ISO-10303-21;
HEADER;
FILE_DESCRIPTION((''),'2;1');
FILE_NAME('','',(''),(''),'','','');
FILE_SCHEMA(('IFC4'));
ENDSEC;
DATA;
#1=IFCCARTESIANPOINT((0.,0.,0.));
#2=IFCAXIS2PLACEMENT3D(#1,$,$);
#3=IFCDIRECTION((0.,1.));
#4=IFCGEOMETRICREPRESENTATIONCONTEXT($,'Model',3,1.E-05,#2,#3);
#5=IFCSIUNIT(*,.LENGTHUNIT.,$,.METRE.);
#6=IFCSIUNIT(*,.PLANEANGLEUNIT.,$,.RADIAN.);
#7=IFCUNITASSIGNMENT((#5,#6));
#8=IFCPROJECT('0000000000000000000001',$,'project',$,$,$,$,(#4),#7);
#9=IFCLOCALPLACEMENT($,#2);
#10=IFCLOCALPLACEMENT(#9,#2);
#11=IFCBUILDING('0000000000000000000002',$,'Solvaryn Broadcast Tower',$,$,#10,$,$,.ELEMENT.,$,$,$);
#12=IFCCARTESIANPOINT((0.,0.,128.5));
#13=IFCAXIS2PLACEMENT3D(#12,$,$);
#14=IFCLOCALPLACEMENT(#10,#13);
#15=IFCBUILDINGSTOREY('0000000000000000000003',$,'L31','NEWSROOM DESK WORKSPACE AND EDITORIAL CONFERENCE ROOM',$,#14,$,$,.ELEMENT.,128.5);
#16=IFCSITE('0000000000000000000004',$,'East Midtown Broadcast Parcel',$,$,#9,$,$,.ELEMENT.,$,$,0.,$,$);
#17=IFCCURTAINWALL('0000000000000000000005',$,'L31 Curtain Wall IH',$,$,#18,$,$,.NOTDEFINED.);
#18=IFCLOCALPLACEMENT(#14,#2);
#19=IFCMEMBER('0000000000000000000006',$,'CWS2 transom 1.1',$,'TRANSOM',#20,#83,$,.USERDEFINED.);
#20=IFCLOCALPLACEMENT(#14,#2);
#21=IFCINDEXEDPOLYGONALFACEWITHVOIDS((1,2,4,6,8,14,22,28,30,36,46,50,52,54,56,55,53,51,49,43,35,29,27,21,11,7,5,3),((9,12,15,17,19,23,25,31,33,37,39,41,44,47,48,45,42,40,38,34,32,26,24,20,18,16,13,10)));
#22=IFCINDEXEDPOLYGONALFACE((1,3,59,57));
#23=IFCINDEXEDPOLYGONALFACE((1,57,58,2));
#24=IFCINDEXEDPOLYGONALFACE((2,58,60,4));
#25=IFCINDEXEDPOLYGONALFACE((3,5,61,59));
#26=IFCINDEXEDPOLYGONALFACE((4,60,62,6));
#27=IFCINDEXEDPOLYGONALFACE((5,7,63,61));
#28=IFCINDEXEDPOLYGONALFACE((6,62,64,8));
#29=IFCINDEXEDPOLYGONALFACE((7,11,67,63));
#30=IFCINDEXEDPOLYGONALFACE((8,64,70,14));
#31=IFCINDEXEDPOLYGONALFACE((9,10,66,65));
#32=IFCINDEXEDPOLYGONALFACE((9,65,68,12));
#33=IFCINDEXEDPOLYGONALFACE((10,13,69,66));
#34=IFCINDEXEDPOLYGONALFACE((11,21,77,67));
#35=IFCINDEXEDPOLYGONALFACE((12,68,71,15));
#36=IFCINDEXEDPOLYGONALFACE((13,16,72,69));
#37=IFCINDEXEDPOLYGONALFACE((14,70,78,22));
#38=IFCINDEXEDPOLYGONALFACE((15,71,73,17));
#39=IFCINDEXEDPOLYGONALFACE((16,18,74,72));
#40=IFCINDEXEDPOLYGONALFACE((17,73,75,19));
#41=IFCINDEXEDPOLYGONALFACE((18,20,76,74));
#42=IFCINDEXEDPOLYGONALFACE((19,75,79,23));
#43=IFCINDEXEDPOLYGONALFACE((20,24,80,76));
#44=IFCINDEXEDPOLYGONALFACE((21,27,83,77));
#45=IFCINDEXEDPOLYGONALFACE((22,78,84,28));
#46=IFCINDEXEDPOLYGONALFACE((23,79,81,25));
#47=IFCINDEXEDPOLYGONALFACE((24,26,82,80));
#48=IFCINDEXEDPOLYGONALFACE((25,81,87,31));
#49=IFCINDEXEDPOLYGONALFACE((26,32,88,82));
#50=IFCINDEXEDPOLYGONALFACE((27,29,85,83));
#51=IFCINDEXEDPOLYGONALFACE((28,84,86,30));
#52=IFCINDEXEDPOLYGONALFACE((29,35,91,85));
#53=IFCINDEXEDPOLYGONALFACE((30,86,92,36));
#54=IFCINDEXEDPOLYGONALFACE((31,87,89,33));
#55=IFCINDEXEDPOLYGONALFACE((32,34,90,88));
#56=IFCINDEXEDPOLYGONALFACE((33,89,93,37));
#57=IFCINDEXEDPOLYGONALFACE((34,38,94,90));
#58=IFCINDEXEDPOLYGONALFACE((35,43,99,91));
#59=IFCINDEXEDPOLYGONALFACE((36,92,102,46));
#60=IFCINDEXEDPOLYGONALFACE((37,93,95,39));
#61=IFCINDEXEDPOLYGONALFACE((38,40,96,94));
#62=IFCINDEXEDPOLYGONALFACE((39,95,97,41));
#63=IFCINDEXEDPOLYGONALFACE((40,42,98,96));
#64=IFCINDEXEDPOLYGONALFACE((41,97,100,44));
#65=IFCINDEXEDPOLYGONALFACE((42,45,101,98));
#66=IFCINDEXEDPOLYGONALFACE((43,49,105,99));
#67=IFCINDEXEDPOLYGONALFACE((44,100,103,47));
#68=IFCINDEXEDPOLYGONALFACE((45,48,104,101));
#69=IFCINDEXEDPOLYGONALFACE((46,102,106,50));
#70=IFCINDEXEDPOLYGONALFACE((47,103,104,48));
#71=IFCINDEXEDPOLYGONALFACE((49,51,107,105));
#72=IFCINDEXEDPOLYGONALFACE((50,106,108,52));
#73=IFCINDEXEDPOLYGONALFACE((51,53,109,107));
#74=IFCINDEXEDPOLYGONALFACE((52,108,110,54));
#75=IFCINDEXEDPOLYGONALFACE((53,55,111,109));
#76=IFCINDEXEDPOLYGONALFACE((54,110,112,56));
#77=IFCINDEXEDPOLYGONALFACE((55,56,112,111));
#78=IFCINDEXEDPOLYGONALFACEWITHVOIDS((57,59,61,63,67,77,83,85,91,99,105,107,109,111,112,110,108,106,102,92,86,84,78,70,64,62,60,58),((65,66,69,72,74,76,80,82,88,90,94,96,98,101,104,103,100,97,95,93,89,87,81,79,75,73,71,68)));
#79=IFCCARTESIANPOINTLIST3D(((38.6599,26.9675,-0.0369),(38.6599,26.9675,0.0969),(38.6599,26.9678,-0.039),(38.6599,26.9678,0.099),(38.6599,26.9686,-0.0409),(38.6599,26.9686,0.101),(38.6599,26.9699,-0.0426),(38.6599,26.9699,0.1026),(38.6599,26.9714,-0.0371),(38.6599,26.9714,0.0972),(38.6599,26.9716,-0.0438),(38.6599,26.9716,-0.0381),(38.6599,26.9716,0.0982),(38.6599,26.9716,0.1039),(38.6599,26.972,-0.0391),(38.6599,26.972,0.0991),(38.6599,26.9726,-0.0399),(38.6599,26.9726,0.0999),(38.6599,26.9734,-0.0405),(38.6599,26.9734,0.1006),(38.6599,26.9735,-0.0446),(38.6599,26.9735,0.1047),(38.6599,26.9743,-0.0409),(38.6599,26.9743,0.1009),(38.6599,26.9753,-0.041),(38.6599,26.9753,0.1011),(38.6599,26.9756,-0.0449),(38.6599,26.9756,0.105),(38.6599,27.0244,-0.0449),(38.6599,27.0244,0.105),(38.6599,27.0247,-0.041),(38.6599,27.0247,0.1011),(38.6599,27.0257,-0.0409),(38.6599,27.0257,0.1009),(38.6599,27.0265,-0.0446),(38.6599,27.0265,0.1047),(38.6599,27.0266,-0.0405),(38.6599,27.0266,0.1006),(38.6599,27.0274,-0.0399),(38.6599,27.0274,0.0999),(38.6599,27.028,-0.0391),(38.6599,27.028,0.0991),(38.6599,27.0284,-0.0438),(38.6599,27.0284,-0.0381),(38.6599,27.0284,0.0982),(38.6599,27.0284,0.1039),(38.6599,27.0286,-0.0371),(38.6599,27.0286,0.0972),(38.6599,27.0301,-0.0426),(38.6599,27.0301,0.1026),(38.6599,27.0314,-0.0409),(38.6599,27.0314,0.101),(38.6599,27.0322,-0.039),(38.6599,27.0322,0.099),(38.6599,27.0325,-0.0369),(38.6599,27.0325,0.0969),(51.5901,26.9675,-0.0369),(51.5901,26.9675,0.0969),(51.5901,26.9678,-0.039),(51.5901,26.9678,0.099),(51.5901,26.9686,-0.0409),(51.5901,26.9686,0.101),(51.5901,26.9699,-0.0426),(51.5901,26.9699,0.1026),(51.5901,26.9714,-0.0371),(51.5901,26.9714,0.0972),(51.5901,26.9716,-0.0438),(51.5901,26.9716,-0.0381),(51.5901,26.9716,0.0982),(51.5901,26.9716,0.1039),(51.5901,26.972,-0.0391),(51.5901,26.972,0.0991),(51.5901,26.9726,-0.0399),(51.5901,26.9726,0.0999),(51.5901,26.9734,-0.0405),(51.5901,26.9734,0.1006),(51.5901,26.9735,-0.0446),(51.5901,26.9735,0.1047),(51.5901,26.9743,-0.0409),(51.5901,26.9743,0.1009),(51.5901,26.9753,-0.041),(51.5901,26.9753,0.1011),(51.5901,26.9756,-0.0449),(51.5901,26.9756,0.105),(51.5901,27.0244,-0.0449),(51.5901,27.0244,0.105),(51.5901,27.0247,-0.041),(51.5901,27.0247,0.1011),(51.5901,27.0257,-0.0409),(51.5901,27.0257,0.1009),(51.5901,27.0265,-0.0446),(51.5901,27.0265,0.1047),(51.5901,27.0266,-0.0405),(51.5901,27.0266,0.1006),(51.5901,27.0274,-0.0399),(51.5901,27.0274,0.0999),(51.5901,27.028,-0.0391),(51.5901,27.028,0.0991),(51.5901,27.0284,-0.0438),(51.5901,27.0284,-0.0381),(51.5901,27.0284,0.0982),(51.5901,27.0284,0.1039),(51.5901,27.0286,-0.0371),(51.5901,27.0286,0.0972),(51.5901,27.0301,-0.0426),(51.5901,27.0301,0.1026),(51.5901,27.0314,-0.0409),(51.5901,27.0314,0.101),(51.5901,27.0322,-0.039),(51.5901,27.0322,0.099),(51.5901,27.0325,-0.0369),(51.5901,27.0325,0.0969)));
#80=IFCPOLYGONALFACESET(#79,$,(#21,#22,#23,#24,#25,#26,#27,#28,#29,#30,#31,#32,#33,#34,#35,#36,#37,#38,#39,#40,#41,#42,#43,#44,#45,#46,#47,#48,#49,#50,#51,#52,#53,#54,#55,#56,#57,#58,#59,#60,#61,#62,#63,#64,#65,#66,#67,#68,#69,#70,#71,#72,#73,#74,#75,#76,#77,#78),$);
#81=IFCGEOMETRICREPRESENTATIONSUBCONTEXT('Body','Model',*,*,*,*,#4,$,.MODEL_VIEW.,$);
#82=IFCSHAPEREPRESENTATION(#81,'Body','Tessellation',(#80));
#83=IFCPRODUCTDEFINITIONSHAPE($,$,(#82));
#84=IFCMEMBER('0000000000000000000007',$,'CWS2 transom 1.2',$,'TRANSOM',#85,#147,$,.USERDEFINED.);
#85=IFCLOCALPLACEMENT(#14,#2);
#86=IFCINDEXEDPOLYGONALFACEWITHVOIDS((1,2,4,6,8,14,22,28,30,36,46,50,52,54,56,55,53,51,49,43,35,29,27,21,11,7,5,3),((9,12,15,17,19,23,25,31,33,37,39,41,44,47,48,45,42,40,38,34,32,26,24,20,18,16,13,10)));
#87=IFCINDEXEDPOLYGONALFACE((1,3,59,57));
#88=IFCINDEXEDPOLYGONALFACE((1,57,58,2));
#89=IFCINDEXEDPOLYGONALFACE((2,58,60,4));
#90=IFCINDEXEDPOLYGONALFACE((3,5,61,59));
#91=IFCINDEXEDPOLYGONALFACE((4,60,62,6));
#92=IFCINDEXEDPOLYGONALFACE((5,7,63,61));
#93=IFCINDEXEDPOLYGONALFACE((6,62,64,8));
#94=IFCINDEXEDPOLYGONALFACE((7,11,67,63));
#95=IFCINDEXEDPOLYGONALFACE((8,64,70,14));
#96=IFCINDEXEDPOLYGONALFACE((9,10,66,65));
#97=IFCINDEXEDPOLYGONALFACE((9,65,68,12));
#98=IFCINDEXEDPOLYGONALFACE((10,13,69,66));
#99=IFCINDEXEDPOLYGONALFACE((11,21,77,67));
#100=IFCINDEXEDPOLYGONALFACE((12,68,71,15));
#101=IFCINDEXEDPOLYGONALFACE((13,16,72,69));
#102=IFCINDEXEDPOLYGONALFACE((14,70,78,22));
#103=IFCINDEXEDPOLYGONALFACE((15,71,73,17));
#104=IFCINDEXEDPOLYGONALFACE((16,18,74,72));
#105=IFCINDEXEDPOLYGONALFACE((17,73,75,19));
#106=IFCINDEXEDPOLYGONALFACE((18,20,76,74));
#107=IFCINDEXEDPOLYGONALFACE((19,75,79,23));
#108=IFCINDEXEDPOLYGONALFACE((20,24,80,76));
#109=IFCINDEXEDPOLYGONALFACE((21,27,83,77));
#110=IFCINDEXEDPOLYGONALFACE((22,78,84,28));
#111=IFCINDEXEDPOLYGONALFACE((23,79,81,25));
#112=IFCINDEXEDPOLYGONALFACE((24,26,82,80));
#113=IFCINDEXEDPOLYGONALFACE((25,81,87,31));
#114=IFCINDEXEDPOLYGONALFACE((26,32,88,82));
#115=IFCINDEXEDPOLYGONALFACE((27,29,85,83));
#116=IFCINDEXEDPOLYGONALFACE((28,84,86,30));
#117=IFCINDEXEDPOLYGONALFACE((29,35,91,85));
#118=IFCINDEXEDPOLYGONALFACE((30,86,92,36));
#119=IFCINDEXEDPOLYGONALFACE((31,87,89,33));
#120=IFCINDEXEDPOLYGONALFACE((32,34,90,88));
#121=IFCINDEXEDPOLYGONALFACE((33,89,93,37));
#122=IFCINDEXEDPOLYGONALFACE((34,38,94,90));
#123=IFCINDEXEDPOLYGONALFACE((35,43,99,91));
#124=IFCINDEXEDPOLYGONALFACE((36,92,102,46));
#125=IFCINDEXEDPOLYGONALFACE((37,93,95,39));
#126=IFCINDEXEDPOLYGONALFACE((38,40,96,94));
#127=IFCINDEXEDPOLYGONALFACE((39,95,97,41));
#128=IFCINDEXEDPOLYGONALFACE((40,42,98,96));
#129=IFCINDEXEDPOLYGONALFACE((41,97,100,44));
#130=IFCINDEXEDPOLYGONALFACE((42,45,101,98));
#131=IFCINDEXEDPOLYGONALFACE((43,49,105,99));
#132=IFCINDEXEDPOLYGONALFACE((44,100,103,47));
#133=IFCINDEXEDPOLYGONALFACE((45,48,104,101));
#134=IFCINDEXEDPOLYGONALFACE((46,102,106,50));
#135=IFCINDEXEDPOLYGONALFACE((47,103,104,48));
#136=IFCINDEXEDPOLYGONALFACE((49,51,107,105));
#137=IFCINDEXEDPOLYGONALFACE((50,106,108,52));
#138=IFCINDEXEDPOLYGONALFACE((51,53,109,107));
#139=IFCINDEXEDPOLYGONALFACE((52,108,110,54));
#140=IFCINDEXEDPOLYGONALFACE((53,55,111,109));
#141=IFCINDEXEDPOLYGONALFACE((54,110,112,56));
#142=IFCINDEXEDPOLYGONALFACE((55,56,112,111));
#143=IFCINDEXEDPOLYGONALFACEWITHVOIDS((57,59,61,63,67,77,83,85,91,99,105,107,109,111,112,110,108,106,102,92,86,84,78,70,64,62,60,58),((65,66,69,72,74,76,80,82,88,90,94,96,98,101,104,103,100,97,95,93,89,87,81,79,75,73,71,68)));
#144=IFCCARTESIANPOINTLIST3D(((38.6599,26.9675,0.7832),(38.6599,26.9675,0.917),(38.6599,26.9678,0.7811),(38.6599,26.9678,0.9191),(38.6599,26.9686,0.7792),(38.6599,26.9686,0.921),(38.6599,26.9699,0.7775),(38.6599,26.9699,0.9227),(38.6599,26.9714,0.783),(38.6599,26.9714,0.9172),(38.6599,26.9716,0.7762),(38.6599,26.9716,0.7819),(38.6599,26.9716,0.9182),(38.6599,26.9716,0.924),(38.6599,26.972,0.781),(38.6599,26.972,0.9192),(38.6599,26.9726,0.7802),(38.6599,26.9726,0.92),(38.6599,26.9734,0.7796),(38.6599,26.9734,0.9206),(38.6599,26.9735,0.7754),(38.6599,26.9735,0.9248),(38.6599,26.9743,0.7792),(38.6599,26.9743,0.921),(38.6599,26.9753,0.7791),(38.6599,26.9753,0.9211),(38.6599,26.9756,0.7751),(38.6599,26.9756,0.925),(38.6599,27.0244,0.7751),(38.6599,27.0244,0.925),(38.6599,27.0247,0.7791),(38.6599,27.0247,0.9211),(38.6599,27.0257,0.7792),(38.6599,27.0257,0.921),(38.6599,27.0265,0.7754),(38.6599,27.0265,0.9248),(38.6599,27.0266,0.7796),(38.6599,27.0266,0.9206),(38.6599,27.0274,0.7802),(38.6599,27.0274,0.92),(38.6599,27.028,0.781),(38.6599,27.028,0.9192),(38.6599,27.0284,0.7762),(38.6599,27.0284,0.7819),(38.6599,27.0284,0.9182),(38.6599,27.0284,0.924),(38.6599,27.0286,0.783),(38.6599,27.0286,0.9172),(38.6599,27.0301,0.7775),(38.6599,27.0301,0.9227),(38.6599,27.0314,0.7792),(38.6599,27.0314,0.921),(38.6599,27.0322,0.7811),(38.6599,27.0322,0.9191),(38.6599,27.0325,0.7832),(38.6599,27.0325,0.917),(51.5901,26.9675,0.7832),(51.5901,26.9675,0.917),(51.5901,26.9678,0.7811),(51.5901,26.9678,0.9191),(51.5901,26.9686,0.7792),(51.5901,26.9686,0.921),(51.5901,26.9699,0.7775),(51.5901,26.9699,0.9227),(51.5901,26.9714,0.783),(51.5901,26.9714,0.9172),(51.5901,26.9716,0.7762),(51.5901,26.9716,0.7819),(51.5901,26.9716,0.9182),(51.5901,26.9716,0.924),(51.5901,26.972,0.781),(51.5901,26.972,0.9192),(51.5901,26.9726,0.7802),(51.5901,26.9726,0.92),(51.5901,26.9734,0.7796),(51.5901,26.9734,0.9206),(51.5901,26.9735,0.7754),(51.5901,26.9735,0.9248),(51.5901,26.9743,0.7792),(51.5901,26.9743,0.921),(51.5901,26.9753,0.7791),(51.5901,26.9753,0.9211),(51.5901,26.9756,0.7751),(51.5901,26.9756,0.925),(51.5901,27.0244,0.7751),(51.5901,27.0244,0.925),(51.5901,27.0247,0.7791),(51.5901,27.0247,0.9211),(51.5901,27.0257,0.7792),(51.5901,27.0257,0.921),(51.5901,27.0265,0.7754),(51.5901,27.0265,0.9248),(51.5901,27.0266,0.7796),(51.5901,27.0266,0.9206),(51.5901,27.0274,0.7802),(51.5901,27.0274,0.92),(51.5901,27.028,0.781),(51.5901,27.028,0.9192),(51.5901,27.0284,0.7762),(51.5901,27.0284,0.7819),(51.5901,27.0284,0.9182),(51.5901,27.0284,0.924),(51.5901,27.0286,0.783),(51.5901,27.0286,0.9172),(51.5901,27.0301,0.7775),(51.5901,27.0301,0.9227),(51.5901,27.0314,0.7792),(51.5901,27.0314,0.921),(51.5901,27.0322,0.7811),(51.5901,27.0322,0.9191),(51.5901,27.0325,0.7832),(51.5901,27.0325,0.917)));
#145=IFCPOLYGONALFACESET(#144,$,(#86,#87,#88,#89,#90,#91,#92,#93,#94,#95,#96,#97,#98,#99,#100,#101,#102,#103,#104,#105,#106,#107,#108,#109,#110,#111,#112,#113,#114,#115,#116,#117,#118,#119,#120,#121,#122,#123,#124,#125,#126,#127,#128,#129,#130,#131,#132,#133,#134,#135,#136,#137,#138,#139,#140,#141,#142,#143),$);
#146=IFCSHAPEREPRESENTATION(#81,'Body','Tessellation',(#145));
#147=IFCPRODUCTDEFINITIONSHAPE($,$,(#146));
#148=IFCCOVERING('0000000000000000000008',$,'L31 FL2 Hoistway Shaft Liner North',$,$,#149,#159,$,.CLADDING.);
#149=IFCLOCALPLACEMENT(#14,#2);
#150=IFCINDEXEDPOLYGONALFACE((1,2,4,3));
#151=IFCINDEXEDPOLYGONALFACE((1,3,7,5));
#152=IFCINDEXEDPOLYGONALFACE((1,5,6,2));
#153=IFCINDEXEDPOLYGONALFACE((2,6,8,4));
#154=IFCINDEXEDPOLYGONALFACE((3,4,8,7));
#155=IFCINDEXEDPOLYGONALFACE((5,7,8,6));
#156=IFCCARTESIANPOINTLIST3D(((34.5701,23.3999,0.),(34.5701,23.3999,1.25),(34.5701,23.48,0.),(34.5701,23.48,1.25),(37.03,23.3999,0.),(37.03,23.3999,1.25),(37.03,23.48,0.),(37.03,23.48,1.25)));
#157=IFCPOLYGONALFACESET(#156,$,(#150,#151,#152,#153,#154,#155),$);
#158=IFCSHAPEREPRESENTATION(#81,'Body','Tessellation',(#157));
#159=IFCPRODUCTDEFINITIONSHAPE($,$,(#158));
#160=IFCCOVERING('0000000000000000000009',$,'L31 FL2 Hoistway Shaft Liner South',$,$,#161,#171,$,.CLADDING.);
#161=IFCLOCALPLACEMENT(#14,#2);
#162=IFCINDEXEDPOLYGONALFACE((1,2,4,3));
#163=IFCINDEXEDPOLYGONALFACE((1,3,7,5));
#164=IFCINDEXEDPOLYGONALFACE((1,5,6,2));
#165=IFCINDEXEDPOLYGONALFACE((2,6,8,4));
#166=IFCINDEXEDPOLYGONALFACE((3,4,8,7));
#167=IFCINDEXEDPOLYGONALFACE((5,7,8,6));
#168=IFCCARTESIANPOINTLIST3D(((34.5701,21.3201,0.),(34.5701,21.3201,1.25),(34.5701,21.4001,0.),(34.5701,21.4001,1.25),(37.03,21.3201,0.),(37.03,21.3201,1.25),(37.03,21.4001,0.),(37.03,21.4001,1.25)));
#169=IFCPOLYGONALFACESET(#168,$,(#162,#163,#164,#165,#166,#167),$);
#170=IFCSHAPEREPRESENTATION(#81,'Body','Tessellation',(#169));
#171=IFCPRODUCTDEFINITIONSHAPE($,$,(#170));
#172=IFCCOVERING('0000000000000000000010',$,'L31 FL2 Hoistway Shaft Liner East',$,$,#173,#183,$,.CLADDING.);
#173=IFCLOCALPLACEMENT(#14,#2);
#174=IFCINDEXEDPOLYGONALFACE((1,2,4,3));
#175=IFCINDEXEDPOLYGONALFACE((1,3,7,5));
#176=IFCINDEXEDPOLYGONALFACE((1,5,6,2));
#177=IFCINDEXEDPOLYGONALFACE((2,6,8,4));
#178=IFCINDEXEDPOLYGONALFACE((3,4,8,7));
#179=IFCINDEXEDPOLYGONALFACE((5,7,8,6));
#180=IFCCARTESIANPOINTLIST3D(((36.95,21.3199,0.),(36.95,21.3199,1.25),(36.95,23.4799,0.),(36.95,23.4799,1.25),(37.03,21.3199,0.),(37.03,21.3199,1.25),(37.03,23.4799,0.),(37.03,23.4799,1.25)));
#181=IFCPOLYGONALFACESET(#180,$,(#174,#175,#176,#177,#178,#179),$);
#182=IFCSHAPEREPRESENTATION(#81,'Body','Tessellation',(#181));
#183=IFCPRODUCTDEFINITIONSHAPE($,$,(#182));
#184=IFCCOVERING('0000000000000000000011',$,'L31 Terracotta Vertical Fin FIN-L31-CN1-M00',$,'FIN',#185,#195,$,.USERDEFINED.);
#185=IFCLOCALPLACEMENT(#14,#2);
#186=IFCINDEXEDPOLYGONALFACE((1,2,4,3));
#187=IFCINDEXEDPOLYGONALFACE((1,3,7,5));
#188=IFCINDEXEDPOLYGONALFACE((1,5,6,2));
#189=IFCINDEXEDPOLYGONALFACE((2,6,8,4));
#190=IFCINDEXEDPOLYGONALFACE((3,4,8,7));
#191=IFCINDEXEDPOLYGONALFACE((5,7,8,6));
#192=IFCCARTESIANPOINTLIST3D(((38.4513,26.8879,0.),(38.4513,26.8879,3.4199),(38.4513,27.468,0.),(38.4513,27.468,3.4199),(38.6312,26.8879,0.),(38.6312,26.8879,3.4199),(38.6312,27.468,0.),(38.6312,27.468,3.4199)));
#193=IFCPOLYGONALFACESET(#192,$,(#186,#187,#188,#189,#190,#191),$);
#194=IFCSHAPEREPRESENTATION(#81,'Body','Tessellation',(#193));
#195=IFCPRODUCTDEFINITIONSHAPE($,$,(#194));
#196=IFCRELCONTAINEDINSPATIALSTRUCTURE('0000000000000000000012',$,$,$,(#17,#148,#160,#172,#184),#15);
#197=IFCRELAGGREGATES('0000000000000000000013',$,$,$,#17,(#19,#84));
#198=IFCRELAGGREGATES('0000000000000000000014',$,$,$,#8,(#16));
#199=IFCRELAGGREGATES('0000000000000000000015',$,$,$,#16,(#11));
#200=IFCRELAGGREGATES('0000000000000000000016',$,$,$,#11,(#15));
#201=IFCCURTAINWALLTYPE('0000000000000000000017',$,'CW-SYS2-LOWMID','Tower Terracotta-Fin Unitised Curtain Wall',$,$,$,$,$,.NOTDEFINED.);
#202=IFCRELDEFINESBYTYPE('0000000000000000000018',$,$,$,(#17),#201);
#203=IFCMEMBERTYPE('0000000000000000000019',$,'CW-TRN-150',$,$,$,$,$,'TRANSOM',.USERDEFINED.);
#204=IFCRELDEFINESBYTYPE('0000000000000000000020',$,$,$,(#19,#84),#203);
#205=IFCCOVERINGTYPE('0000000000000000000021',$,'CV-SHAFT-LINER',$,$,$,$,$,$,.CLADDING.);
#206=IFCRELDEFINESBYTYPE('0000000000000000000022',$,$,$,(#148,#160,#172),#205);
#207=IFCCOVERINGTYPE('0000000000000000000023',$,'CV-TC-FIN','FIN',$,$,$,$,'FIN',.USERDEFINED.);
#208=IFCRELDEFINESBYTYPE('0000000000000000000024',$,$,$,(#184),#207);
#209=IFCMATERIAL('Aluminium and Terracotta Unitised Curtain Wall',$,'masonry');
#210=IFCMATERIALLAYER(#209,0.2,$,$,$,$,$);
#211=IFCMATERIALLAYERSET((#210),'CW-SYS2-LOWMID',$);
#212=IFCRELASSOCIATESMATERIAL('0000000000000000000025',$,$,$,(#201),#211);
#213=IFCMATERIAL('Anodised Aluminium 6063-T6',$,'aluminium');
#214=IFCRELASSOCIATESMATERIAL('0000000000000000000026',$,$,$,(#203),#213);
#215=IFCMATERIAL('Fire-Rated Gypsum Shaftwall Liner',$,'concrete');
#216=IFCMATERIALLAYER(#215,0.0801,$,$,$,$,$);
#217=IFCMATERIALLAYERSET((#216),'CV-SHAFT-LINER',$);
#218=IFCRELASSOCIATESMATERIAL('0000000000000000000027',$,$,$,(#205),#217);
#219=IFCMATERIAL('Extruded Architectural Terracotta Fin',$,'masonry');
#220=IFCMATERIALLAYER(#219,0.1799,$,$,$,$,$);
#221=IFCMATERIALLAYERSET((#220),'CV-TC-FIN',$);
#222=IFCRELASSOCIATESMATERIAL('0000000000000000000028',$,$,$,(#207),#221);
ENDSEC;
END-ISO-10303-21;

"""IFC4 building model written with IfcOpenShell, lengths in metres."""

from ifc_helpers import new_model, si_unit, direction, frame, origin, origin_2d, place, context, subcontext, project, spatial, rectangle, hollow_rectangle, extrude, material, layer, layer_set, material_profile, profile_set, type_object, element, aggregate, save


model = new_model("IFC4")

# Units and contexts
model_context = context("Model", 3, precision=1e-05, world=origin(), true_north=direction((0.0, 1.0)))
body_context = subcontext(model_context, "Body", "Model", "MODEL_VIEW")
ifc_project = project(units=[si_unit("LENGTHUNIT", "METRE"), si_unit("PLANEANGLEUNIT", "RADIAN")], contexts=[model_context])

# Site, building, storey
site_placement = place(None, origin())
site = spatial("IfcSite", under=ifc_project, at=site_placement, Name="East Midtown Broadcast Parcel", CompositionType="ELEMENT", RefElevation=0.0)
building_placement = place(site_placement, origin())
building = spatial("IfcBuilding", under=site, at=building_placement, Name="Solvaryn Broadcast Tower", CompositionType="ELEMENT")
storey_placement = place(building_placement, frame((0.0, 0.0, 128.5)))
storey = spatial("IfcBuildingStorey", under=building, at=storey_placement, Name="L31", Description="NEWSROOM DESK WORKSPACE AND EDITORIAL CONFERENCE ROOM", CompositionType="ELEMENT", Elevation=128.5)

# Curtain wall
ifc_material_1 = material(Name="Aluminium and Terracotta Unitised Curtain Wall", Category="masonry")
ifc_layer_1 = layer(ifc_material_1, 0.2)
ifc_layer_set_1 = layer_set([ifc_layer_1], Name="CW-SYS2-LOWMID")
curtain_wall_type = type_object("IfcCurtainWallType", Name="CW-SYS2-LOWMID", Description="Tower Terracotta-Fin Unitised Curtain Wall", PredefinedType="NOTDEFINED", material=ifc_layer_set_1)
curtain_wall_1_placement = place(storey_placement, origin())
curtain_wall_1 = element("IfcCurtainWall", 1, at=curtain_wall_1_placement, inside=storey, type_object=curtain_wall_type, Name="L31 Curtain Wall IH", PredefinedType="NOTDEFINED")

# Members
ifc_material_2 = material(Name="Anodised Aluminium 6063-T6", Category="aluminium")
ifc_material_profile_1 = material_profile(ifc_material_2, hollow_rectangle(XDim=0.0649, YDim=0.1499, WallThickness=0.0039, InnerFilletRadius=0.0039, OuterFilletRadius=0.0081, at=origin_2d()))
ifc_profile_set_1 = profile_set([ifc_material_profile_1], Name="Anodised Aluminium 6063-T6")
member_type_1 = type_object("IfcMemberType", Name="CW-TRN-150", ElementType="TRANSOM", PredefinedType="USERDEFINED", material=ifc_profile_set_1)
member_1_placement = place(storey_placement, frame((38.6599, 27.0, 0.03), z_axis=(1.0, 0.0, 0.0), x_axis=(0.0, 1.0, 0.0)))
member_1 = element("IfcMember", 2, at=member_1_placement, type_object=member_type_1, Name="CWS2 transom 1.1", ObjectType="TRANSOM", PredefinedType="USERDEFINED", context=body_context, shape_type="SweptSolid", body=[
    extrude(hollow_rectangle(XDim=0.0649, YDim=0.1499, WallThickness=0.0039, InnerFilletRadius=0.0039, OuterFilletRadius=0.0081, at=origin_2d()), origin(), (0.0, 0.0, 1.0), 12.9302),
])
member_2_placement = place(storey_placement, frame((38.6599, 27.0, 0.8501), z_axis=(1.0, 0.0, 0.0), x_axis=(0.0, 1.0, 0.0)))
member_2 = element("IfcMember", 3, at=member_2_placement, type_object=member_type_1, Name="CWS2 transom 1.2", ObjectType="TRANSOM", PredefinedType="USERDEFINED", context=body_context, shape_type="SweptSolid", body=[
    extrude(hollow_rectangle(XDim=0.0649, YDim=0.1499, WallThickness=0.0039, InnerFilletRadius=0.0039, OuterFilletRadius=0.0081, at=origin_2d()), origin(), (0.0, 0.0, 1.0), 12.9302),
])
aggregate(curtain_wall_1, [member_1, member_2])

# Coverings
ifc_material_3 = material(Name="Fire-Rated Gypsum Shaftwall Liner", Category="concrete")
ifc_layer_2 = layer(ifc_material_3, 0.0801)
ifc_layer_set_2 = layer_set([ifc_layer_2], Name="CV-SHAFT-LINER")
covering_type_1 = type_object("IfcCoveringType", Name="CV-SHAFT-LINER", PredefinedType="CLADDING", material=ifc_layer_set_2)
for number, where, z_axis, x_axis, name in (
    (4, (35.8, 23.4399, 0.0), (0.0, 0.0, 1.0), (1.0, 0.0, 0.0), "L31 FL2 Hoistway Shaft Liner North"),
    (5, (35.8, 21.3601, 0.0), (0.0, 0.0, 1.0), (1.0, 0.0, 0.0), "L31 FL2 Hoistway Shaft Liner South"),
):
    element("IfcCovering", number, at=place(storey_placement, frame(where, z_axis=z_axis, x_axis=x_axis)), inside=storey, type_object=covering_type_1, Name=name, PredefinedType="CLADDING", context=body_context, shape_type="SweptSolid", body=[
        extrude(rectangle(XDim=2.46, YDim=0.0801, at=origin_2d()), origin(), (0.0, 0.0, 1.0), 1.25),
    ])
covering_placement = place(storey_placement, frame((36.99, 22.3999, 0.0), z_axis=(0.0, 0.0, 1.0), x_axis=(1.0, 0.0, 0.0)))
element("IfcCovering", 6, at=covering_placement, inside=storey, type_object=covering_type_1, Name="L31 FL2 Hoistway Shaft Liner East", PredefinedType="CLADDING", context=body_context, shape_type="SweptSolid", body=[
    extrude(rectangle(XDim=0.0801, YDim=2.1599, at=origin_2d()), origin(), (0.0, 0.0, 1.0), 1.25),
])
ifc_material_4 = material(Name="Extruded Architectural Terracotta Fin", Category="masonry")
ifc_layer_3 = layer(ifc_material_4, 0.1799)
ifc_layer_set_3 = layer_set([ifc_layer_3], Name="CV-TC-FIN")
covering_type_2 = type_object("IfcCoveringType", Name="CV-TC-FIN", Description="FIN", ElementType="FIN", PredefinedType="USERDEFINED", material=ifc_layer_set_3)
for number, where, z_axis, x_axis, name in (
    (7, (38.5413, 27.178, 0.0), (0.0, 0.0, 1.0), (1.0, 0.0, 0.0), "L31 Terracotta Vertical Fin FIN-L31-CN1-M00"),
):
    element("IfcCovering", number, at=place(storey_placement, frame(where, z_axis=z_axis, x_axis=x_axis)), inside=storey, type_object=covering_type_2, Name=name, ObjectType="FIN", PredefinedType="USERDEFINED", context=body_context, shape_type="SweptSolid", body=[
        extrude(rectangle(XDim=0.1799, YDim=0.5801, at=origin_2d()), origin(), (0.0, 0.0, 1.0), 3.4199),
    ])

save(model, "model.ifc")
